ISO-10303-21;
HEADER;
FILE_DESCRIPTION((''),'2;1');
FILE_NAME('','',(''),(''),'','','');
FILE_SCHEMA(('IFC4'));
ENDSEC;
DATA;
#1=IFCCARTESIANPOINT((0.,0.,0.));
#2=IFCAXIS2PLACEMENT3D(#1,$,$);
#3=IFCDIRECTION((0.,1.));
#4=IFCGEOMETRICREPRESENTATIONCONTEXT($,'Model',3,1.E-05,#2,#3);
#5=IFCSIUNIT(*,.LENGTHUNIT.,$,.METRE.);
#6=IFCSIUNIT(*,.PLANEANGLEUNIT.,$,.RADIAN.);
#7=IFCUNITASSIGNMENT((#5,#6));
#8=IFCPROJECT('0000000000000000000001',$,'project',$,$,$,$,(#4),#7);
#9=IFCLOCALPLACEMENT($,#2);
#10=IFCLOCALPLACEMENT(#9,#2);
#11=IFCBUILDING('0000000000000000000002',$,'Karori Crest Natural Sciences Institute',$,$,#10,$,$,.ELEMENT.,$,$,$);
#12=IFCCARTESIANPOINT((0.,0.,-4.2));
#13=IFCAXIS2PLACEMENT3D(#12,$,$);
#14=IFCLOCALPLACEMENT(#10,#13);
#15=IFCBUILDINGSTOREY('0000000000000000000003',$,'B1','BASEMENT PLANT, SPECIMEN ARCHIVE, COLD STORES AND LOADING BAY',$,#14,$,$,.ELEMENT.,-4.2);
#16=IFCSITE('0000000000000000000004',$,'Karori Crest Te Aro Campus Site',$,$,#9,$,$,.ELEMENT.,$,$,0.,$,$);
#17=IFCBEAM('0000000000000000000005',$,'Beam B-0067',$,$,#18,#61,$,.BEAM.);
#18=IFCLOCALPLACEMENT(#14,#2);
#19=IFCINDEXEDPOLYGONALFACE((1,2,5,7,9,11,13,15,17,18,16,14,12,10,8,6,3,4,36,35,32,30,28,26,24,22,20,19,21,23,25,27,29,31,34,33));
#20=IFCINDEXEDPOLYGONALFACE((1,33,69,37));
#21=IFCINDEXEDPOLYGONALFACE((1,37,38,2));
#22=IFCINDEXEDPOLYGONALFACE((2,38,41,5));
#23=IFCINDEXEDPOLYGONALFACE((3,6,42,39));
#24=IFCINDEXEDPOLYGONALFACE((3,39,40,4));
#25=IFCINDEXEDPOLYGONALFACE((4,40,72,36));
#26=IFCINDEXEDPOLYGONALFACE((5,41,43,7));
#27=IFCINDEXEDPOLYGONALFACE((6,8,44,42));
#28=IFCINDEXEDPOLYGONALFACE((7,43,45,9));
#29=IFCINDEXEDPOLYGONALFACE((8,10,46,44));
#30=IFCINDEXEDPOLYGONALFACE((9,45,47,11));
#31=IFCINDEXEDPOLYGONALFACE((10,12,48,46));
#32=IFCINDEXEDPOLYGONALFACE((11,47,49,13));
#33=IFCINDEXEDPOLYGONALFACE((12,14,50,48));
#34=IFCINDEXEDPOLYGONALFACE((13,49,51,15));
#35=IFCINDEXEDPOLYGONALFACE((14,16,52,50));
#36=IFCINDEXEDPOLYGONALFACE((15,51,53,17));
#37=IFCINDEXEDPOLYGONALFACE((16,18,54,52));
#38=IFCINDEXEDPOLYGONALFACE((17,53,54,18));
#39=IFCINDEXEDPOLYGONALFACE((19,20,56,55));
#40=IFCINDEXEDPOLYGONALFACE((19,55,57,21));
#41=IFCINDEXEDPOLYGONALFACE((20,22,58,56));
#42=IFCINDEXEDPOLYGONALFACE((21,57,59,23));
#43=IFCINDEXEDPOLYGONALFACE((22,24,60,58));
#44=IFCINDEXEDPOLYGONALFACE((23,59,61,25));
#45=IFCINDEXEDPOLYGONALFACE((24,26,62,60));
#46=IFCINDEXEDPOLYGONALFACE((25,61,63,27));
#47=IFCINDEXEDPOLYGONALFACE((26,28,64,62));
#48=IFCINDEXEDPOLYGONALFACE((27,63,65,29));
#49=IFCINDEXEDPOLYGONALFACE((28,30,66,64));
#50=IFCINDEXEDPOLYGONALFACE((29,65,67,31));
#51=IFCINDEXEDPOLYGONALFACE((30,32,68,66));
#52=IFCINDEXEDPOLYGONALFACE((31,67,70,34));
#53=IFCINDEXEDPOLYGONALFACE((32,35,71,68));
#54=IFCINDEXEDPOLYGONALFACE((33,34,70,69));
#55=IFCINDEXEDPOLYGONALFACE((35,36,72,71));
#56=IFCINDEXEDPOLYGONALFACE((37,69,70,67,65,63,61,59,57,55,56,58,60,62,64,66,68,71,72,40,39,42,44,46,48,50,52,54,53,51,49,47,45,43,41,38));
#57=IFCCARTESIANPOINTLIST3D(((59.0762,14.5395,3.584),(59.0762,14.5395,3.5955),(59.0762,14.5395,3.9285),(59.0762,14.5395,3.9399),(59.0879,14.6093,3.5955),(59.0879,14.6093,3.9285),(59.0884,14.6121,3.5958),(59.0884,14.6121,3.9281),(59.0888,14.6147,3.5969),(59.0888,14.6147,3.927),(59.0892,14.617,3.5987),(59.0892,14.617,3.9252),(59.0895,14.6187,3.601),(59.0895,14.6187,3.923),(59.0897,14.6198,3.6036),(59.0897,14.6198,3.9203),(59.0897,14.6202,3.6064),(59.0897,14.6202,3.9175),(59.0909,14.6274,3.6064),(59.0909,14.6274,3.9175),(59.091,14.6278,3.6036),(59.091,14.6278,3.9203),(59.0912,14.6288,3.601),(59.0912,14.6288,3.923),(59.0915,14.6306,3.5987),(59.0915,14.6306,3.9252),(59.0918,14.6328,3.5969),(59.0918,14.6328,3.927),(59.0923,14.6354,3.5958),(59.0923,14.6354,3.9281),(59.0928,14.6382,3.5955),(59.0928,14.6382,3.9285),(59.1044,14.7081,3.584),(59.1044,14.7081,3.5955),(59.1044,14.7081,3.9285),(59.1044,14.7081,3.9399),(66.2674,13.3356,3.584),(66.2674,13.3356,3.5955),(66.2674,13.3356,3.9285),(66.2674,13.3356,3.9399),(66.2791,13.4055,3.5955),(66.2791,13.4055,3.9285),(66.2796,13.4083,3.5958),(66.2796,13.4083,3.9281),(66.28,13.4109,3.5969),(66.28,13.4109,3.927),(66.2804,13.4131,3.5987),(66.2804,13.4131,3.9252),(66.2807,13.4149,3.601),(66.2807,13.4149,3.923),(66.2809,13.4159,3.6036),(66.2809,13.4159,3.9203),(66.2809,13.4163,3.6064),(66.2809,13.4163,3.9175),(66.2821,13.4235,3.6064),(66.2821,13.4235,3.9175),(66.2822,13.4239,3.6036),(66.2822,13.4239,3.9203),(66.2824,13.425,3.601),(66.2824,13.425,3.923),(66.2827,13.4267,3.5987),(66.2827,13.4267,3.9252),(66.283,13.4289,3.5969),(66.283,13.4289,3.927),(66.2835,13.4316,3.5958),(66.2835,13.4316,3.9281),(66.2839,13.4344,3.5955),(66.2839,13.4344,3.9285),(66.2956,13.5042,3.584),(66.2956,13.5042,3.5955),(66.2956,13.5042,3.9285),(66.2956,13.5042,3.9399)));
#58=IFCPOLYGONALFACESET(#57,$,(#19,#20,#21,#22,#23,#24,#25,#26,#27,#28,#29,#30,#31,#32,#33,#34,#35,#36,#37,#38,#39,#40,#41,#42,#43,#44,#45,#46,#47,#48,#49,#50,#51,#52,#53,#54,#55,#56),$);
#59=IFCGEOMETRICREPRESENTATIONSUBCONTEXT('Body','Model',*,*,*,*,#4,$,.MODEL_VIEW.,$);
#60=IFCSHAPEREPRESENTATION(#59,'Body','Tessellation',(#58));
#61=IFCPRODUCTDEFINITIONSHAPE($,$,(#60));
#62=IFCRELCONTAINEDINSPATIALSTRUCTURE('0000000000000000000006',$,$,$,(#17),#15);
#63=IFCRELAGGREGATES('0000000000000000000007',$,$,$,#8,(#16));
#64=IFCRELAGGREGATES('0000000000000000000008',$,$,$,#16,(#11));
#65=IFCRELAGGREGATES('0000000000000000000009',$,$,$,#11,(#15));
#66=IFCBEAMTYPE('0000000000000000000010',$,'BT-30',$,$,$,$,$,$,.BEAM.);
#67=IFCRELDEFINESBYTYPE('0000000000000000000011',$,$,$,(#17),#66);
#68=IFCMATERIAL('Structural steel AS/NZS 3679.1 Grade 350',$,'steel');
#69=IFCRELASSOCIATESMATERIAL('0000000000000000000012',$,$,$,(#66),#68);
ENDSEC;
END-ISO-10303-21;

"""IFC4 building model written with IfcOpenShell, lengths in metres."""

from ifc_helpers import new_model, si_unit, direction, frame, origin, origin_2d, place, context, subcontext, project, spatial, i_section, extrude, material, material_profile, profile_set, type_object, element, save


model = new_model("IFC4")

# Units and contexts
model_context = context("Model", 3, precision=1e-05, world=origin(), true_north=direction((0.0, 1.0)))
body_context = subcontext(model_context, "Body", "Model", "MODEL_VIEW")
ifc_project = project(units=[si_unit("LENGTHUNIT", "METRE"), si_unit("PLANEANGLEUNIT", "RADIAN")], contexts=[model_context])

# Site, building, storey
site_placement = place(None, origin())
site = spatial("IfcSite", under=ifc_project, at=site_placement, Name="Karori Crest Te Aro Campus Site", CompositionType="ELEMENT", RefElevation=0.0)
building_placement = place(site_placement, origin())
building = spatial("IfcBuilding", under=site, at=building_placement, Name="Karori Crest Natural Sciences Institute", CompositionType="ELEMENT")
storey_placement = place(building_placement, frame((0.0, 0.0, -4.2)))
storey = spatial("IfcBuildingStorey", under=building, at=storey_placement, Name="B1", Description="BASEMENT PLANT, SPECIMEN ARCHIVE, COLD STORES AND LOADING BAY", CompositionType="ELEMENT", Elevation=-4.2)

# Shared definitions
ifc_material_1 = material(Name="Structural steel AS/NZS 3679.1 Grade 350", Category="steel")

# Beam
ifc_material_profile_1 = material_profile(ifc_material_1, i_section(OverallWidth=0.1709, OverallDepth=0.356, WebThickness=0.0073, FlangeThickness=0.0115, FilletRadius=0.011, at=origin_2d()), Name="360UB50.7")
ifc_profile_set_1 = profile_set([ifc_material_profile_1], Name="Structural steel AS/NZS 3679.1 Grade 350")
beam_type_1 = type_object("IfcBeamType", Name="BT-30", PredefinedType="BEAM", material=ifc_profile_set_1)
beam_1_placement = place(storey_placement, frame((59.0903, 14.6238, 3.762), z_axis=(0.986275, -0.16511, 0.0), x_axis=(0.16511, 0.986275, 0.0)))
element("IfcBeam", 1, at=beam_1_placement, inside=storey, type_object=beam_type_1, Name="Beam B-0067", PredefinedType="BEAM", context=body_context, shape_type="SweptSolid", body=[
    extrude(i_section(OverallWidth=0.1709, OverallDepth=0.356, WebThickness=0.0073, FlangeThickness=0.0115, FilletRadius=0.011, at=origin_2d()), origin(), (0.0, 0.0, 1.0), 7.2913),
])

save(model, "model.ifc")
